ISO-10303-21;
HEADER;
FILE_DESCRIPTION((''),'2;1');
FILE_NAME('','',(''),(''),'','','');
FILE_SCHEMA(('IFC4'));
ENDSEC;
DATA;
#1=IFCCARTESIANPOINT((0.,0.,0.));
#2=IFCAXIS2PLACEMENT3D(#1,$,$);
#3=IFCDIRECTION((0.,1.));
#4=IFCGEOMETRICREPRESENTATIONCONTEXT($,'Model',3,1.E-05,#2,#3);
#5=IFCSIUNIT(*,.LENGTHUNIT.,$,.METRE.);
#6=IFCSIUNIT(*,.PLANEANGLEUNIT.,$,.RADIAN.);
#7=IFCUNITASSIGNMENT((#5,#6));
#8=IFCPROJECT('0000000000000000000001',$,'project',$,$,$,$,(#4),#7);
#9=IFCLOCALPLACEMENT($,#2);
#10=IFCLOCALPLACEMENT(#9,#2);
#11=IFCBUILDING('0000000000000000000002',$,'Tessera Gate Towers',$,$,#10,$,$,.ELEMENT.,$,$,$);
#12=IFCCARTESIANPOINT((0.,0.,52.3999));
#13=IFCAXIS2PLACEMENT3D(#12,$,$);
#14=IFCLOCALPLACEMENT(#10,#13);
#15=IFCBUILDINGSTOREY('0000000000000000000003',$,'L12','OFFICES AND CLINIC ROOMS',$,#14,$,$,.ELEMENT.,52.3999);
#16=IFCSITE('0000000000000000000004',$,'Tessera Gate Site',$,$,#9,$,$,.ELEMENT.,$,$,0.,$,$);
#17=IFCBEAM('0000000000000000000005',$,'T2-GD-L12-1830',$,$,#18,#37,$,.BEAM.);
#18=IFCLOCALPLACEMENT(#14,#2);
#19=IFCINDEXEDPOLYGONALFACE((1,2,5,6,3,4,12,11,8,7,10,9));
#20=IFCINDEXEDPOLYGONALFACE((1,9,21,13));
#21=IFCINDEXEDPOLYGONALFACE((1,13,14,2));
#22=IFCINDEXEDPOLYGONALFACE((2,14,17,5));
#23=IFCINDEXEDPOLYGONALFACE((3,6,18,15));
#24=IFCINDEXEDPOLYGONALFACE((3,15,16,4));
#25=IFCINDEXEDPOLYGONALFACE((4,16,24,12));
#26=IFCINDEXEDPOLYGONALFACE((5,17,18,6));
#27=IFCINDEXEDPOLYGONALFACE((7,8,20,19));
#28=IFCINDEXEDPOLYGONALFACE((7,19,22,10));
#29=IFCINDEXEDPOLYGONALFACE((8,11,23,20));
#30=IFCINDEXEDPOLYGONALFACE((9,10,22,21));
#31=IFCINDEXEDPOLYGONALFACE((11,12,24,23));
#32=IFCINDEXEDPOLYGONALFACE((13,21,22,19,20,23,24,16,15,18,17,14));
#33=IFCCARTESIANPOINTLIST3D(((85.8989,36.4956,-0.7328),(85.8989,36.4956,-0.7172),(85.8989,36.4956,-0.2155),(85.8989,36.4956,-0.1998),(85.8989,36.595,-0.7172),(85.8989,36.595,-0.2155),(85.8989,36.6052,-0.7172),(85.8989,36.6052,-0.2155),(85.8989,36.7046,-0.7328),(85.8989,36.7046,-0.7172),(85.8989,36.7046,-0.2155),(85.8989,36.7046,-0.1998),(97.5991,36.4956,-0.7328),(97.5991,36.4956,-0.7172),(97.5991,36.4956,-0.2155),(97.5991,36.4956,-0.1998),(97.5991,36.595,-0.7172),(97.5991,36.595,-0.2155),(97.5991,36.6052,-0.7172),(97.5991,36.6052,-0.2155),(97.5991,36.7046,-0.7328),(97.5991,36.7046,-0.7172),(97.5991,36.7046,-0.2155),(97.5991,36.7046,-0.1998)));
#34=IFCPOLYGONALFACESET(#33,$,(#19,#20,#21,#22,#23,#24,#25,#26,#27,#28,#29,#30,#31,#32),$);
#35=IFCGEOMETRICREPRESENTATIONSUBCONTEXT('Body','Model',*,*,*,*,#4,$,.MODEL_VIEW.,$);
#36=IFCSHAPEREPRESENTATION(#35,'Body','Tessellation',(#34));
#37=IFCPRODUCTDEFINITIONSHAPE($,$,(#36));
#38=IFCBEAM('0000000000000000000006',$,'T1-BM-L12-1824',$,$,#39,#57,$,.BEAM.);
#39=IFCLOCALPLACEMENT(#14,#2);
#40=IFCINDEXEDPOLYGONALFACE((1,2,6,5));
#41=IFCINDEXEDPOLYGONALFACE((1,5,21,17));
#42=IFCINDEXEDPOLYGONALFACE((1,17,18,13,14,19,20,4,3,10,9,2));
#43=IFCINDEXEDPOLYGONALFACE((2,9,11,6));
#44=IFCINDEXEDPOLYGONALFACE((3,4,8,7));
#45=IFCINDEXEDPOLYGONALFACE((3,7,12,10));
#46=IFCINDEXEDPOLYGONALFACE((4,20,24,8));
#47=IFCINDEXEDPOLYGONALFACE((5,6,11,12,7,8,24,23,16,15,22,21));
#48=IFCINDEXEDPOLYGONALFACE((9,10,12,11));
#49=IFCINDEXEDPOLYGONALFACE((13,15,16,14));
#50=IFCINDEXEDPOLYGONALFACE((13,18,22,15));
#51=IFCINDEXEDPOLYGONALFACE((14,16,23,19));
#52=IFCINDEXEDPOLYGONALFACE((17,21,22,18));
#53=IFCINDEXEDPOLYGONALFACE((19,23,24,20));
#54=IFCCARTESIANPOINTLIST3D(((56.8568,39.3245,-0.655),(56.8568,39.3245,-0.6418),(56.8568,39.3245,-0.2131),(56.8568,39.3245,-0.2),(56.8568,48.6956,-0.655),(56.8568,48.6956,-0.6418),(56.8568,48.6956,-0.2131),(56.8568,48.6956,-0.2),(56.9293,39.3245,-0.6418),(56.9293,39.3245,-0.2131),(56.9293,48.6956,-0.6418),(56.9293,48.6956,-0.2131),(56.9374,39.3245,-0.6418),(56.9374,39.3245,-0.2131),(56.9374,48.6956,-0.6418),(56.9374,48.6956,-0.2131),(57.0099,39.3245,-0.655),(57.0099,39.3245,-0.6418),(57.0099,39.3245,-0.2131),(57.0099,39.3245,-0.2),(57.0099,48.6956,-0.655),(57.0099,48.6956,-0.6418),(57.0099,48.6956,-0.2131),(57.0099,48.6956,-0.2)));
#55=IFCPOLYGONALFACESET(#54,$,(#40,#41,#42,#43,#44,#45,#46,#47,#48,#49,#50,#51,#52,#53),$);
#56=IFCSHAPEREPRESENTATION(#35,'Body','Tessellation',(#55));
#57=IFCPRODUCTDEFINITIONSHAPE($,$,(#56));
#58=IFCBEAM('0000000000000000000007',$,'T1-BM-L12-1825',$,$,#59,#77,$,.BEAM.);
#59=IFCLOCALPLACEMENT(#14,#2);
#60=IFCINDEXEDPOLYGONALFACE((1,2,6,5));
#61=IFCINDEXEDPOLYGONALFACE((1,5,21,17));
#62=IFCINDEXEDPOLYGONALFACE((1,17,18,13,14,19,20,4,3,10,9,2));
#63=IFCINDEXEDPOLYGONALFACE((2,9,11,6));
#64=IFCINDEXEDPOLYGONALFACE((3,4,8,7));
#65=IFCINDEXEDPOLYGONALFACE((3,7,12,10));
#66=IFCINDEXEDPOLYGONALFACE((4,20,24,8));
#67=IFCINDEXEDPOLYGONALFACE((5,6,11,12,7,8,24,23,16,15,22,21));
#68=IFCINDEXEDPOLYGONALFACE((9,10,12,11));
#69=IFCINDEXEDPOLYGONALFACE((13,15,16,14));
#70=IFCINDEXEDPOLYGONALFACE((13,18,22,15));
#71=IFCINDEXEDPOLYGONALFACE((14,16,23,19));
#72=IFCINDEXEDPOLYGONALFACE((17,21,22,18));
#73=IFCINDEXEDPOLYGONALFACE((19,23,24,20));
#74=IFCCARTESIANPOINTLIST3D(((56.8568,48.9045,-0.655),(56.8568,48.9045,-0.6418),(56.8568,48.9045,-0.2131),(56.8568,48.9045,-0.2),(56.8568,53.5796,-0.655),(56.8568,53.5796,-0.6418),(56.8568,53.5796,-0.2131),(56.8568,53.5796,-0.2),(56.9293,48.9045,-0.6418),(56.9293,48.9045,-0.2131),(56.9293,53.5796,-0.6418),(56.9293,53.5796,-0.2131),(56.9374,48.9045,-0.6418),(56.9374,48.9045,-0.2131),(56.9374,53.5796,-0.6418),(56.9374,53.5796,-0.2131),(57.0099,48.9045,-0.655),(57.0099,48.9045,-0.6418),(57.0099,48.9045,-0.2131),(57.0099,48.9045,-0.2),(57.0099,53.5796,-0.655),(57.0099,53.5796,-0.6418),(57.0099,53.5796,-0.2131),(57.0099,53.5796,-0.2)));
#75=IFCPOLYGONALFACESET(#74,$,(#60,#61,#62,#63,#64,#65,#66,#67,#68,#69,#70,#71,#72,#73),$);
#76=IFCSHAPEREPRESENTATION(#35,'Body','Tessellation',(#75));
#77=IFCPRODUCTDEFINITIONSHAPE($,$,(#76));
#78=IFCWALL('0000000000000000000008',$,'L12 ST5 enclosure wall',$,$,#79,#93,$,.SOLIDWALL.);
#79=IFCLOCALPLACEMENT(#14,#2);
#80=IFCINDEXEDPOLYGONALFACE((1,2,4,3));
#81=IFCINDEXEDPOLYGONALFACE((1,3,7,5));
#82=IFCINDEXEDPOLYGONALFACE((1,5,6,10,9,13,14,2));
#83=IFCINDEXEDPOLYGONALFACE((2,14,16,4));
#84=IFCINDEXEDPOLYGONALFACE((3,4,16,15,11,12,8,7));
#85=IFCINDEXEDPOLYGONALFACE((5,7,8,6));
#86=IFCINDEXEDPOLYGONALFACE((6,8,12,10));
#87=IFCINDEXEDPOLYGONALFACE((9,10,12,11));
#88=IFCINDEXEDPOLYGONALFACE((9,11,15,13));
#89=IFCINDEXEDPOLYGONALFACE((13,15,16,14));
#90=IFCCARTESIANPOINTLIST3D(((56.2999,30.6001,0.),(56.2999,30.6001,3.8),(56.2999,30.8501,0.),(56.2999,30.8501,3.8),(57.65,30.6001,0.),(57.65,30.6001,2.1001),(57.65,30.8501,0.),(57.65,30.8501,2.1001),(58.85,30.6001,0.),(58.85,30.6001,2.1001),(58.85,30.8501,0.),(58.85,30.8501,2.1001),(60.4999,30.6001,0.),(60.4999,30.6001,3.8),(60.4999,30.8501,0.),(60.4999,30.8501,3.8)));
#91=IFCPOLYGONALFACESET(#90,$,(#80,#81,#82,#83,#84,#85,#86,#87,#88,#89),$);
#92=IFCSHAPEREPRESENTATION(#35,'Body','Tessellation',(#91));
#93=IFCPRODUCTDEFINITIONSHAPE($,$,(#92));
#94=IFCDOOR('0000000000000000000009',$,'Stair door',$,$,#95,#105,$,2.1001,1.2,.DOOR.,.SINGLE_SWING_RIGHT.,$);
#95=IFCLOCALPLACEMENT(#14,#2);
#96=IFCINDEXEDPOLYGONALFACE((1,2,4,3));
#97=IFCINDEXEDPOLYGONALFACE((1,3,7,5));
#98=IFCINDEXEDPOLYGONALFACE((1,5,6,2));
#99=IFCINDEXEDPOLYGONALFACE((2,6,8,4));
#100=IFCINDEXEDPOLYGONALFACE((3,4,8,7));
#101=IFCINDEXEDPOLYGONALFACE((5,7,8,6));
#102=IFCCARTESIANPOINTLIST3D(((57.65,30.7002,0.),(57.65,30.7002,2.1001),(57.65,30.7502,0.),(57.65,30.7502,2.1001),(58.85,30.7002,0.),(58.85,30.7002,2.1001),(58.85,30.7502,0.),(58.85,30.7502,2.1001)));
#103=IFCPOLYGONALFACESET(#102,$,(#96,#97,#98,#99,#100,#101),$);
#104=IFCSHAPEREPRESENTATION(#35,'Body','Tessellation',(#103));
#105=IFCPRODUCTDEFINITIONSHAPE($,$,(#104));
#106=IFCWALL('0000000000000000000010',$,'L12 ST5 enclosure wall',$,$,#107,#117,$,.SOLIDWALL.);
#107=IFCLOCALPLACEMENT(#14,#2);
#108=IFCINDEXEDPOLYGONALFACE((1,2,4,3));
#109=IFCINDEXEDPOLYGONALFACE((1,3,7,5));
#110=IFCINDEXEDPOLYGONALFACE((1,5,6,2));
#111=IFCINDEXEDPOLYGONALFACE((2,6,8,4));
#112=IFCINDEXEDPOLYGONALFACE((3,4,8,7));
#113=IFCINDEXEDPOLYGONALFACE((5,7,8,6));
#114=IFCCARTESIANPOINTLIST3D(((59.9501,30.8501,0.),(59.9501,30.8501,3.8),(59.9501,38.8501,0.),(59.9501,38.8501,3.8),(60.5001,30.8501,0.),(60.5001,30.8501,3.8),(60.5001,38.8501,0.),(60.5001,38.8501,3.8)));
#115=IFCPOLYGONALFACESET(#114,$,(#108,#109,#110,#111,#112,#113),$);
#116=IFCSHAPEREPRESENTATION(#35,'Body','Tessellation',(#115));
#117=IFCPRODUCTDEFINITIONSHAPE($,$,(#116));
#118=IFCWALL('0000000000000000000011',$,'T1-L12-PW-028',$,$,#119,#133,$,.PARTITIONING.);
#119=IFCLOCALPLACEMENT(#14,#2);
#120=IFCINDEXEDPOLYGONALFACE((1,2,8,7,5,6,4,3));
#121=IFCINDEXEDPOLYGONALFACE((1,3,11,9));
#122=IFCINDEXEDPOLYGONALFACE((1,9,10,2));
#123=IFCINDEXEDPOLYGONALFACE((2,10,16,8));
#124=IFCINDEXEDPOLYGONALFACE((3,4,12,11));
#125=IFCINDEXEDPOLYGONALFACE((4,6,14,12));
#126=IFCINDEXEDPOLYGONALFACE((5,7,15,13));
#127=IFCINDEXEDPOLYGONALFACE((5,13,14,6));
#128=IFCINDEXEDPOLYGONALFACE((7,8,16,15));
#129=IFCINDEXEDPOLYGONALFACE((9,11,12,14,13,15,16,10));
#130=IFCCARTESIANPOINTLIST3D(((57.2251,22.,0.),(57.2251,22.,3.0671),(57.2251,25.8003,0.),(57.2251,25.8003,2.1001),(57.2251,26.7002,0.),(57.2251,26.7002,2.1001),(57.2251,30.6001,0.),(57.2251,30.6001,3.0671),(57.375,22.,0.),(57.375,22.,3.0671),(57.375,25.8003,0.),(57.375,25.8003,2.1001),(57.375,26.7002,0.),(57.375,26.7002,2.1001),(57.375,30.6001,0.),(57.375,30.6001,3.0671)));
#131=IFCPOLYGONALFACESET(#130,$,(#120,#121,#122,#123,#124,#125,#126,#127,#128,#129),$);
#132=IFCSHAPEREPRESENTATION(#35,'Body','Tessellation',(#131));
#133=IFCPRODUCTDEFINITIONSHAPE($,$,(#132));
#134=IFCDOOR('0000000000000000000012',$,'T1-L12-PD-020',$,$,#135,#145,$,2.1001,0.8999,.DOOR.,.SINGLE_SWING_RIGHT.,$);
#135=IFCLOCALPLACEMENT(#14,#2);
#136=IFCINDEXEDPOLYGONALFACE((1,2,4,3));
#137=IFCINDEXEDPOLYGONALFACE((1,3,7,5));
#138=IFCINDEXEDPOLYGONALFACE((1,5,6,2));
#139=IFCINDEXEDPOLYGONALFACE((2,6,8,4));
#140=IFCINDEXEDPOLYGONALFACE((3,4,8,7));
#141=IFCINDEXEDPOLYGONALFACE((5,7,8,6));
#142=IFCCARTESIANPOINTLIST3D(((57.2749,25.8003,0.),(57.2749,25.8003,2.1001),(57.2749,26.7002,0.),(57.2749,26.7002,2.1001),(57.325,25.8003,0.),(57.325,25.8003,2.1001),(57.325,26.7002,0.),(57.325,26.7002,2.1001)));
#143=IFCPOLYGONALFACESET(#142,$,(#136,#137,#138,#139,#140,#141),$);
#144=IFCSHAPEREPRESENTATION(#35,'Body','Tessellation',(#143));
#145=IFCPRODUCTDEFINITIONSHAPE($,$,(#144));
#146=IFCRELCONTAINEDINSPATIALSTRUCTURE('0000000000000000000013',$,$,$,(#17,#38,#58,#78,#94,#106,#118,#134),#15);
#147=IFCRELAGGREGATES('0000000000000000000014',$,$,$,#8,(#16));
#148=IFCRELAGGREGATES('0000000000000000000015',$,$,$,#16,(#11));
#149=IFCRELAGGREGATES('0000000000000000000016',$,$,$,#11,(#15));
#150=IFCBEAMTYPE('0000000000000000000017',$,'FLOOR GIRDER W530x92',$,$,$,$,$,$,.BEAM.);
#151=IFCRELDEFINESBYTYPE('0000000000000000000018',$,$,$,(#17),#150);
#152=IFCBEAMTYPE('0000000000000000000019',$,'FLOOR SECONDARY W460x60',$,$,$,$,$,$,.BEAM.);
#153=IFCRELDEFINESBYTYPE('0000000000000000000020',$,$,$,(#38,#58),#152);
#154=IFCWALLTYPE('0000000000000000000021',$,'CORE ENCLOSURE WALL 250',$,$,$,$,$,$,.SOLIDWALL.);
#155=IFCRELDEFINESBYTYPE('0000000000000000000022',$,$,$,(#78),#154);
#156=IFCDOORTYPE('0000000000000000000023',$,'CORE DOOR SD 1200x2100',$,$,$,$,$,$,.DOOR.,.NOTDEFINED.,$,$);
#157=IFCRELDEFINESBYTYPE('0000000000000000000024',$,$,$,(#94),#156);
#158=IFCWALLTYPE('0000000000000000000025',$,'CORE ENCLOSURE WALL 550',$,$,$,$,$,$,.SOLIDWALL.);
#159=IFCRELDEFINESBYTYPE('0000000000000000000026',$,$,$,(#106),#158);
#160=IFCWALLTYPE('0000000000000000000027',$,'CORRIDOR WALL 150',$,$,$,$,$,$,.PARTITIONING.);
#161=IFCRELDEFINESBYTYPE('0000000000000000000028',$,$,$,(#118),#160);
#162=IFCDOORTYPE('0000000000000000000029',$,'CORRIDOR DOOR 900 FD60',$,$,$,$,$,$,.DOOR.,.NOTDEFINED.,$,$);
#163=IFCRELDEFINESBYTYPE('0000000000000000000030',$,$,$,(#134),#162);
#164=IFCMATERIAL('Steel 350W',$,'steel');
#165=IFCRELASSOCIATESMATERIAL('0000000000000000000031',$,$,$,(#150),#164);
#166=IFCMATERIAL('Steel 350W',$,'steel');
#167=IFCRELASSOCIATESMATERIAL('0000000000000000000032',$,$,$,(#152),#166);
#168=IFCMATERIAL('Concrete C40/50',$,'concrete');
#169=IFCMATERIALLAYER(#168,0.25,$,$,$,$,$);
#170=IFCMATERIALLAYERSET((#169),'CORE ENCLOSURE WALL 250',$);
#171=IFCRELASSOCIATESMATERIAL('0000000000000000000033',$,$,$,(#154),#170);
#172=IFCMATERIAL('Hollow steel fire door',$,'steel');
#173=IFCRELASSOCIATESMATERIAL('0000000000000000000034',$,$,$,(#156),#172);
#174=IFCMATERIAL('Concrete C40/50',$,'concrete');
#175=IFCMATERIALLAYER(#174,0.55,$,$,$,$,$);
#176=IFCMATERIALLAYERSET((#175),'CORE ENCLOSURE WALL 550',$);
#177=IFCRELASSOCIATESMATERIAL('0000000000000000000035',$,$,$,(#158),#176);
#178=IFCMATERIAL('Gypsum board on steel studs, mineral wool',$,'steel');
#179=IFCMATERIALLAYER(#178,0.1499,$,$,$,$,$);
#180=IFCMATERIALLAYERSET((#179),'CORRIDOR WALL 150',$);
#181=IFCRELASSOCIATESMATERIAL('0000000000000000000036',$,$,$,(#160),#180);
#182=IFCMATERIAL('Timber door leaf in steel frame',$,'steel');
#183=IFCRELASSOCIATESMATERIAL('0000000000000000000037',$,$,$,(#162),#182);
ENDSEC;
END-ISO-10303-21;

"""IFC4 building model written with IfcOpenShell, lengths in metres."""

from ifc_helpers import new_model, si_unit, direction, frame, frame_2d, origin, origin_2d, place, context, subcontext, project, spatial, rectangle, i_section, extrude, source, transform, mapped, material, layer, layer_set, material_profile, profile_set, type_object, element, fill, save


model = new_model("IFC4")

# Units and contexts
model_context = context("Model", 3, precision=1e-05, world=origin(), true_north=direction((0.0, 1.0)))
body_context = subcontext(model_context, "Body", "Model", "MODEL_VIEW")
ifc_project = project(units=[si_unit("LENGTHUNIT", "METRE"), si_unit("PLANEANGLEUNIT", "RADIAN")], contexts=[model_context])

# Site, building, storey
site_placement = place(None, origin())
site = spatial("IfcSite", under=ifc_project, at=site_placement, Name="Tessera Gate Site", CompositionType="ELEMENT", RefElevation=0.0)
building_placement = place(site_placement, origin())
building = spatial("IfcBuilding", under=site, at=building_placement, Name="Tessera Gate Towers", CompositionType="ELEMENT")
storey_placement = place(building_placement, frame((0.0, 0.0, 52.3999)))
storey = spatial("IfcBuildingStorey", under=building, at=storey_placement, Name="L12", Description="OFFICES AND CLINIC ROOMS", CompositionType="ELEMENT", Elevation=52.3999)

# Beams
ifc_material_1 = material(Name="Steel 350W", Category="steel")
ifc_material_profile_1 = material_profile(ifc_material_1, i_section(OverallWidth=0.209, OverallDepth=0.533, WebThickness=0.0103, FlangeThickness=0.0156, at=origin_2d()), Name="W530x92")
ifc_profile_set_1 = profile_set([ifc_material_profile_1], Name="Steel 350W")
beam_type_1 = type_object("IfcBeamType", Name="FLOOR GIRDER W530x92", PredefinedType="BEAM", material=ifc_profile_set_1)
beam_1_placement = place(storey_placement, frame((85.8989, 36.6001, -0.4663), z_axis=(1.0, 0.0, 0.0), x_axis=(0.0, 1.0, 0.0)))
element("IfcBeam", 1, at=beam_1_placement, inside=storey, type_object=beam_type_1, Name="T2-GD-L12-1830", PredefinedType="BEAM", context=body_context, shape_type="SweptSolid", body=[
    extrude(i_section(OverallWidth=0.209, OverallDepth=0.533, WebThickness=0.0103, FlangeThickness=0.0156, at=origin_2d()), origin(), (0.0, 0.0, 1.0), 11.7002),
])
ifc_material_2 = material(Name="Steel 350W", Category="steel")
ifc_material_profile_2 = material_profile(ifc_material_2, i_section(OverallWidth=0.1531, OverallDepth=0.4551, WebThickness=0.0081, FlangeThickness=0.0132, at=origin_2d()), Name="W460x60")
ifc_profile_set_2 = profile_set([ifc_material_profile_2], Name="Steel 350W")
beam_type_2 = type_object("IfcBeamType", Name="FLOOR SECONDARY W460x60", PredefinedType="BEAM", material=ifc_profile_set_2)
beam_2_placement = place(storey_placement, frame((56.9333, 39.3245, -0.4275), z_axis=(0.0, 1.0, 0.0), x_axis=(-1.0, 0.0, 0.0)))
element("IfcBeam", 2, at=beam_2_placement, inside=storey, type_object=beam_type_2, Name="T1-BM-L12-1824", PredefinedType="BEAM", context=body_context, shape_type="SweptSolid", body=[
    extrude(i_section(OverallWidth=0.1531, OverallDepth=0.4551, WebThickness=0.0081, FlangeThickness=0.0132, at=origin_2d()), origin(), (0.0, 0.0, 1.0), 9.3711),
])
beam_3_placement = place(storey_placement, frame((56.9333, 48.9045, -0.4275), z_axis=(0.0, 1.0, 0.0), x_axis=(-1.0, 0.0, 0.0)))
element("IfcBeam", 3, at=beam_3_placement, inside=storey, type_object=beam_type_2, Name="T1-BM-L12-1825", PredefinedType="BEAM", context=body_context, shape_type="SweptSolid", body=[
    extrude(i_section(OverallWidth=0.1531, OverallDepth=0.4551, WebThickness=0.0081, FlangeThickness=0.0132, at=origin_2d()), origin(), (0.0, 0.0, 1.0), 4.675),
])

# Wall, opening, door
ifc_material_3 = material(Name="Concrete C40/50", Category="concrete")
ifc_layer_1 = layer(ifc_material_3, 0.25)
ifc_layer_set_1 = layer_set([ifc_layer_1], Name="CORE ENCLOSURE WALL 250")
wall_type_1 = type_object("IfcWallType", Name="CORE ENCLOSURE WALL 250", PredefinedType="SOLIDWALL", material=ifc_layer_set_1)
wall_1_placement = place(storey_placement, frame((60.5, 30.7251, 0.0), z_axis=(0.0, 0.0, 1.0), x_axis=(-1.0, 0.0, 0.0)))
wall_1 = element("IfcWall", 4, at=wall_1_placement, inside=storey, type_object=wall_type_1, Name="L12 ST5 enclosure wall", PredefinedType="SOLIDWALL", context=body_context, shape_type="SweptSolid", body=[
    extrude(rectangle(XDim=4.2, YDim=0.25, at=frame_2d((2.1001, 0.0))), origin(), (0.0, 0.0, 1.0), 3.8),
])
shared_shape_1 = source(origin(), body_context, "Body", "SweptSolid", [
    extrude(rectangle(XDim=1.2, YDim=2.1001, at=frame_2d((0.6001, 1.05))), frame((0.0, 0.135, 0.0), z_axis=(0.0, -1.0, 0.0), x_axis=(1.0, 0.0, 0.0)), (0.0, 0.0, 1.0), 0.27),
])
opening_1_placement = place(wall_1_placement, frame((1.6499, 0.0, 0.0)))
opening_1 = element("IfcOpeningElement", 5, at=opening_1_placement, cuts=wall_1, PredefinedType="OPENING", context=body_context, shape_type="MappedRepresentation", body=[
    mapped(shared_shape_1, transform((0.0, 0.0, 0.0), scale=1.0)),
])
ifc_material_4 = material(Name="Hollow steel fire door", Category="steel")
door_type_1 = type_object("IfcDoorType", Name="CORE DOOR SD 1200x2100", OperationType="NOTDEFINED", PredefinedType="DOOR", material=ifc_material_4)
shared_shape_2 = source(origin(), body_context, "Body", "SweptSolid", [
    extrude(rectangle(XDim=1.2, YDim=2.1001, at=frame_2d((0.6001, 1.05))), frame((0.0, 0.0249, 0.0), z_axis=(0.0, -1.0, 0.0), x_axis=(1.0, 0.0, 0.0)), (0.0, 0.0, 1.0), 0.05),
])
door_1_placement = place(opening_1_placement, origin())
door_1 = element("IfcDoor", 6, at=door_1_placement, inside=storey, type_object=door_type_1, Name="Stair door", OperationType="SINGLE_SWING_RIGHT", OverallHeight=2.1001, OverallWidth=1.2, PredefinedType="DOOR", context=body_context, shape_type="MappedRepresentation", body=[
    mapped(shared_shape_2, transform((0.0, 0.0, 0.0), scale=1.0)),
])
fill(opening_1, door_1)

# Wall
ifc_material_5 = material(Name="Concrete C40/50", Category="concrete")
ifc_layer_2 = layer(ifc_material_5, 0.55)
ifc_layer_set_2 = layer_set([ifc_layer_2], Name="CORE ENCLOSURE WALL 550")
wall_type_2 = type_object("IfcWallType", Name="CORE ENCLOSURE WALL 550", PredefinedType="SOLIDWALL", material=ifc_layer_set_2)
wall_2_placement = place(storey_placement, frame((60.2251, 38.8501, 0.0), z_axis=(0.0, 0.0, 1.0), x_axis=(0.0, -1.0, 0.0)))
element("IfcWall", 7, at=wall_2_placement, inside=storey, type_object=wall_type_2, Name="L12 ST5 enclosure wall", PredefinedType="SOLIDWALL", context=body_context, shape_type="SweptSolid", body=[
    extrude(rectangle(XDim=8.0, YDim=0.55, at=frame_2d((4.0, 0.0))), origin(), (0.0, 0.0, 1.0), 3.8),
])

# Wall, opening, door
ifc_material_6 = material(Name="Gypsum board on steel studs, mineral wool", Category="steel")
ifc_layer_3 = layer(ifc_material_6, 0.1499)
ifc_layer_set_3 = layer_set([ifc_layer_3], Name="CORRIDOR WALL 150")
wall_type_3 = type_object("IfcWallType", Name="CORRIDOR WALL 150", PredefinedType="PARTITIONING", material=ifc_layer_set_3)
wall_3_placement = place(storey_placement, frame((57.3, 30.6001, 0.0), z_axis=(0.0, 0.0, 1.0), x_axis=(0.0, -1.0, 0.0)))
wall_3 = element("IfcWall", 8, at=wall_3_placement, inside=storey, type_object=wall_type_3, Name="T1-L12-PW-028", PredefinedType="PARTITIONING", context=body_context, shape_type="SweptSolid", body=[
    extrude(rectangle(XDim=8.6001, YDim=0.1499, at=frame_2d((4.3, 0.0))), origin(), (0.0, 0.0, 1.0), 3.0671),
])
shared_shape_3 = source(origin(), body_context, "Body", "SweptSolid", [
    extrude(rectangle(XDim=0.8999, YDim=2.1001, at=frame_2d((0.45, 1.05))), frame((0.0, 0.085, 0.0), z_axis=(0.0, -1.0, 0.0), x_axis=(1.0, 0.0, 0.0)), (0.0, 0.0, 1.0), 0.1699),
])
opening_2_placement = place(wall_3_placement, frame((3.8999, 0.0, 0.0)))
opening_2 = element("IfcOpeningElement", 9, at=opening_2_placement, cuts=wall_3, PredefinedType="OPENING", context=body_context, shape_type="MappedRepresentation", body=[
    mapped(shared_shape_3, transform((0.0, 0.0, 0.0), scale=1.0)),
])
ifc_material_7 = material(Name="Timber door leaf in steel frame", Category="steel")
door_type_2 = type_object("IfcDoorType", Name="CORRIDOR DOOR 900 FD60", OperationType="NOTDEFINED", PredefinedType="DOOR", material=ifc_material_7)
shared_shape_4 = source(origin(), body_context, "Body", "SweptSolid", [
    extrude(rectangle(XDim=0.8999, YDim=2.1001, at=frame_2d((0.45, 1.05))), frame((0.0, 0.0249, 0.0), z_axis=(0.0, -1.0, 0.0), x_axis=(1.0, 0.0, 0.0)), (0.0, 0.0, 1.0), 0.05),
])
door_2_placement = place(opening_2_placement, origin())
door_2 = element("IfcDoor", 10, at=door_2_placement, inside=storey, type_object=door_type_2, Name="T1-L12-PD-020", OperationType="SINGLE_SWING_RIGHT", OverallHeight=2.1001, OverallWidth=0.8999, PredefinedType="DOOR", context=body_context, shape_type="MappedRepresentation", body=[
    mapped(shared_shape_4, transform((0.0, 0.0, 0.0), scale=1.0)),
])
fill(opening_2, door_2)

save(model, "model.ifc")
